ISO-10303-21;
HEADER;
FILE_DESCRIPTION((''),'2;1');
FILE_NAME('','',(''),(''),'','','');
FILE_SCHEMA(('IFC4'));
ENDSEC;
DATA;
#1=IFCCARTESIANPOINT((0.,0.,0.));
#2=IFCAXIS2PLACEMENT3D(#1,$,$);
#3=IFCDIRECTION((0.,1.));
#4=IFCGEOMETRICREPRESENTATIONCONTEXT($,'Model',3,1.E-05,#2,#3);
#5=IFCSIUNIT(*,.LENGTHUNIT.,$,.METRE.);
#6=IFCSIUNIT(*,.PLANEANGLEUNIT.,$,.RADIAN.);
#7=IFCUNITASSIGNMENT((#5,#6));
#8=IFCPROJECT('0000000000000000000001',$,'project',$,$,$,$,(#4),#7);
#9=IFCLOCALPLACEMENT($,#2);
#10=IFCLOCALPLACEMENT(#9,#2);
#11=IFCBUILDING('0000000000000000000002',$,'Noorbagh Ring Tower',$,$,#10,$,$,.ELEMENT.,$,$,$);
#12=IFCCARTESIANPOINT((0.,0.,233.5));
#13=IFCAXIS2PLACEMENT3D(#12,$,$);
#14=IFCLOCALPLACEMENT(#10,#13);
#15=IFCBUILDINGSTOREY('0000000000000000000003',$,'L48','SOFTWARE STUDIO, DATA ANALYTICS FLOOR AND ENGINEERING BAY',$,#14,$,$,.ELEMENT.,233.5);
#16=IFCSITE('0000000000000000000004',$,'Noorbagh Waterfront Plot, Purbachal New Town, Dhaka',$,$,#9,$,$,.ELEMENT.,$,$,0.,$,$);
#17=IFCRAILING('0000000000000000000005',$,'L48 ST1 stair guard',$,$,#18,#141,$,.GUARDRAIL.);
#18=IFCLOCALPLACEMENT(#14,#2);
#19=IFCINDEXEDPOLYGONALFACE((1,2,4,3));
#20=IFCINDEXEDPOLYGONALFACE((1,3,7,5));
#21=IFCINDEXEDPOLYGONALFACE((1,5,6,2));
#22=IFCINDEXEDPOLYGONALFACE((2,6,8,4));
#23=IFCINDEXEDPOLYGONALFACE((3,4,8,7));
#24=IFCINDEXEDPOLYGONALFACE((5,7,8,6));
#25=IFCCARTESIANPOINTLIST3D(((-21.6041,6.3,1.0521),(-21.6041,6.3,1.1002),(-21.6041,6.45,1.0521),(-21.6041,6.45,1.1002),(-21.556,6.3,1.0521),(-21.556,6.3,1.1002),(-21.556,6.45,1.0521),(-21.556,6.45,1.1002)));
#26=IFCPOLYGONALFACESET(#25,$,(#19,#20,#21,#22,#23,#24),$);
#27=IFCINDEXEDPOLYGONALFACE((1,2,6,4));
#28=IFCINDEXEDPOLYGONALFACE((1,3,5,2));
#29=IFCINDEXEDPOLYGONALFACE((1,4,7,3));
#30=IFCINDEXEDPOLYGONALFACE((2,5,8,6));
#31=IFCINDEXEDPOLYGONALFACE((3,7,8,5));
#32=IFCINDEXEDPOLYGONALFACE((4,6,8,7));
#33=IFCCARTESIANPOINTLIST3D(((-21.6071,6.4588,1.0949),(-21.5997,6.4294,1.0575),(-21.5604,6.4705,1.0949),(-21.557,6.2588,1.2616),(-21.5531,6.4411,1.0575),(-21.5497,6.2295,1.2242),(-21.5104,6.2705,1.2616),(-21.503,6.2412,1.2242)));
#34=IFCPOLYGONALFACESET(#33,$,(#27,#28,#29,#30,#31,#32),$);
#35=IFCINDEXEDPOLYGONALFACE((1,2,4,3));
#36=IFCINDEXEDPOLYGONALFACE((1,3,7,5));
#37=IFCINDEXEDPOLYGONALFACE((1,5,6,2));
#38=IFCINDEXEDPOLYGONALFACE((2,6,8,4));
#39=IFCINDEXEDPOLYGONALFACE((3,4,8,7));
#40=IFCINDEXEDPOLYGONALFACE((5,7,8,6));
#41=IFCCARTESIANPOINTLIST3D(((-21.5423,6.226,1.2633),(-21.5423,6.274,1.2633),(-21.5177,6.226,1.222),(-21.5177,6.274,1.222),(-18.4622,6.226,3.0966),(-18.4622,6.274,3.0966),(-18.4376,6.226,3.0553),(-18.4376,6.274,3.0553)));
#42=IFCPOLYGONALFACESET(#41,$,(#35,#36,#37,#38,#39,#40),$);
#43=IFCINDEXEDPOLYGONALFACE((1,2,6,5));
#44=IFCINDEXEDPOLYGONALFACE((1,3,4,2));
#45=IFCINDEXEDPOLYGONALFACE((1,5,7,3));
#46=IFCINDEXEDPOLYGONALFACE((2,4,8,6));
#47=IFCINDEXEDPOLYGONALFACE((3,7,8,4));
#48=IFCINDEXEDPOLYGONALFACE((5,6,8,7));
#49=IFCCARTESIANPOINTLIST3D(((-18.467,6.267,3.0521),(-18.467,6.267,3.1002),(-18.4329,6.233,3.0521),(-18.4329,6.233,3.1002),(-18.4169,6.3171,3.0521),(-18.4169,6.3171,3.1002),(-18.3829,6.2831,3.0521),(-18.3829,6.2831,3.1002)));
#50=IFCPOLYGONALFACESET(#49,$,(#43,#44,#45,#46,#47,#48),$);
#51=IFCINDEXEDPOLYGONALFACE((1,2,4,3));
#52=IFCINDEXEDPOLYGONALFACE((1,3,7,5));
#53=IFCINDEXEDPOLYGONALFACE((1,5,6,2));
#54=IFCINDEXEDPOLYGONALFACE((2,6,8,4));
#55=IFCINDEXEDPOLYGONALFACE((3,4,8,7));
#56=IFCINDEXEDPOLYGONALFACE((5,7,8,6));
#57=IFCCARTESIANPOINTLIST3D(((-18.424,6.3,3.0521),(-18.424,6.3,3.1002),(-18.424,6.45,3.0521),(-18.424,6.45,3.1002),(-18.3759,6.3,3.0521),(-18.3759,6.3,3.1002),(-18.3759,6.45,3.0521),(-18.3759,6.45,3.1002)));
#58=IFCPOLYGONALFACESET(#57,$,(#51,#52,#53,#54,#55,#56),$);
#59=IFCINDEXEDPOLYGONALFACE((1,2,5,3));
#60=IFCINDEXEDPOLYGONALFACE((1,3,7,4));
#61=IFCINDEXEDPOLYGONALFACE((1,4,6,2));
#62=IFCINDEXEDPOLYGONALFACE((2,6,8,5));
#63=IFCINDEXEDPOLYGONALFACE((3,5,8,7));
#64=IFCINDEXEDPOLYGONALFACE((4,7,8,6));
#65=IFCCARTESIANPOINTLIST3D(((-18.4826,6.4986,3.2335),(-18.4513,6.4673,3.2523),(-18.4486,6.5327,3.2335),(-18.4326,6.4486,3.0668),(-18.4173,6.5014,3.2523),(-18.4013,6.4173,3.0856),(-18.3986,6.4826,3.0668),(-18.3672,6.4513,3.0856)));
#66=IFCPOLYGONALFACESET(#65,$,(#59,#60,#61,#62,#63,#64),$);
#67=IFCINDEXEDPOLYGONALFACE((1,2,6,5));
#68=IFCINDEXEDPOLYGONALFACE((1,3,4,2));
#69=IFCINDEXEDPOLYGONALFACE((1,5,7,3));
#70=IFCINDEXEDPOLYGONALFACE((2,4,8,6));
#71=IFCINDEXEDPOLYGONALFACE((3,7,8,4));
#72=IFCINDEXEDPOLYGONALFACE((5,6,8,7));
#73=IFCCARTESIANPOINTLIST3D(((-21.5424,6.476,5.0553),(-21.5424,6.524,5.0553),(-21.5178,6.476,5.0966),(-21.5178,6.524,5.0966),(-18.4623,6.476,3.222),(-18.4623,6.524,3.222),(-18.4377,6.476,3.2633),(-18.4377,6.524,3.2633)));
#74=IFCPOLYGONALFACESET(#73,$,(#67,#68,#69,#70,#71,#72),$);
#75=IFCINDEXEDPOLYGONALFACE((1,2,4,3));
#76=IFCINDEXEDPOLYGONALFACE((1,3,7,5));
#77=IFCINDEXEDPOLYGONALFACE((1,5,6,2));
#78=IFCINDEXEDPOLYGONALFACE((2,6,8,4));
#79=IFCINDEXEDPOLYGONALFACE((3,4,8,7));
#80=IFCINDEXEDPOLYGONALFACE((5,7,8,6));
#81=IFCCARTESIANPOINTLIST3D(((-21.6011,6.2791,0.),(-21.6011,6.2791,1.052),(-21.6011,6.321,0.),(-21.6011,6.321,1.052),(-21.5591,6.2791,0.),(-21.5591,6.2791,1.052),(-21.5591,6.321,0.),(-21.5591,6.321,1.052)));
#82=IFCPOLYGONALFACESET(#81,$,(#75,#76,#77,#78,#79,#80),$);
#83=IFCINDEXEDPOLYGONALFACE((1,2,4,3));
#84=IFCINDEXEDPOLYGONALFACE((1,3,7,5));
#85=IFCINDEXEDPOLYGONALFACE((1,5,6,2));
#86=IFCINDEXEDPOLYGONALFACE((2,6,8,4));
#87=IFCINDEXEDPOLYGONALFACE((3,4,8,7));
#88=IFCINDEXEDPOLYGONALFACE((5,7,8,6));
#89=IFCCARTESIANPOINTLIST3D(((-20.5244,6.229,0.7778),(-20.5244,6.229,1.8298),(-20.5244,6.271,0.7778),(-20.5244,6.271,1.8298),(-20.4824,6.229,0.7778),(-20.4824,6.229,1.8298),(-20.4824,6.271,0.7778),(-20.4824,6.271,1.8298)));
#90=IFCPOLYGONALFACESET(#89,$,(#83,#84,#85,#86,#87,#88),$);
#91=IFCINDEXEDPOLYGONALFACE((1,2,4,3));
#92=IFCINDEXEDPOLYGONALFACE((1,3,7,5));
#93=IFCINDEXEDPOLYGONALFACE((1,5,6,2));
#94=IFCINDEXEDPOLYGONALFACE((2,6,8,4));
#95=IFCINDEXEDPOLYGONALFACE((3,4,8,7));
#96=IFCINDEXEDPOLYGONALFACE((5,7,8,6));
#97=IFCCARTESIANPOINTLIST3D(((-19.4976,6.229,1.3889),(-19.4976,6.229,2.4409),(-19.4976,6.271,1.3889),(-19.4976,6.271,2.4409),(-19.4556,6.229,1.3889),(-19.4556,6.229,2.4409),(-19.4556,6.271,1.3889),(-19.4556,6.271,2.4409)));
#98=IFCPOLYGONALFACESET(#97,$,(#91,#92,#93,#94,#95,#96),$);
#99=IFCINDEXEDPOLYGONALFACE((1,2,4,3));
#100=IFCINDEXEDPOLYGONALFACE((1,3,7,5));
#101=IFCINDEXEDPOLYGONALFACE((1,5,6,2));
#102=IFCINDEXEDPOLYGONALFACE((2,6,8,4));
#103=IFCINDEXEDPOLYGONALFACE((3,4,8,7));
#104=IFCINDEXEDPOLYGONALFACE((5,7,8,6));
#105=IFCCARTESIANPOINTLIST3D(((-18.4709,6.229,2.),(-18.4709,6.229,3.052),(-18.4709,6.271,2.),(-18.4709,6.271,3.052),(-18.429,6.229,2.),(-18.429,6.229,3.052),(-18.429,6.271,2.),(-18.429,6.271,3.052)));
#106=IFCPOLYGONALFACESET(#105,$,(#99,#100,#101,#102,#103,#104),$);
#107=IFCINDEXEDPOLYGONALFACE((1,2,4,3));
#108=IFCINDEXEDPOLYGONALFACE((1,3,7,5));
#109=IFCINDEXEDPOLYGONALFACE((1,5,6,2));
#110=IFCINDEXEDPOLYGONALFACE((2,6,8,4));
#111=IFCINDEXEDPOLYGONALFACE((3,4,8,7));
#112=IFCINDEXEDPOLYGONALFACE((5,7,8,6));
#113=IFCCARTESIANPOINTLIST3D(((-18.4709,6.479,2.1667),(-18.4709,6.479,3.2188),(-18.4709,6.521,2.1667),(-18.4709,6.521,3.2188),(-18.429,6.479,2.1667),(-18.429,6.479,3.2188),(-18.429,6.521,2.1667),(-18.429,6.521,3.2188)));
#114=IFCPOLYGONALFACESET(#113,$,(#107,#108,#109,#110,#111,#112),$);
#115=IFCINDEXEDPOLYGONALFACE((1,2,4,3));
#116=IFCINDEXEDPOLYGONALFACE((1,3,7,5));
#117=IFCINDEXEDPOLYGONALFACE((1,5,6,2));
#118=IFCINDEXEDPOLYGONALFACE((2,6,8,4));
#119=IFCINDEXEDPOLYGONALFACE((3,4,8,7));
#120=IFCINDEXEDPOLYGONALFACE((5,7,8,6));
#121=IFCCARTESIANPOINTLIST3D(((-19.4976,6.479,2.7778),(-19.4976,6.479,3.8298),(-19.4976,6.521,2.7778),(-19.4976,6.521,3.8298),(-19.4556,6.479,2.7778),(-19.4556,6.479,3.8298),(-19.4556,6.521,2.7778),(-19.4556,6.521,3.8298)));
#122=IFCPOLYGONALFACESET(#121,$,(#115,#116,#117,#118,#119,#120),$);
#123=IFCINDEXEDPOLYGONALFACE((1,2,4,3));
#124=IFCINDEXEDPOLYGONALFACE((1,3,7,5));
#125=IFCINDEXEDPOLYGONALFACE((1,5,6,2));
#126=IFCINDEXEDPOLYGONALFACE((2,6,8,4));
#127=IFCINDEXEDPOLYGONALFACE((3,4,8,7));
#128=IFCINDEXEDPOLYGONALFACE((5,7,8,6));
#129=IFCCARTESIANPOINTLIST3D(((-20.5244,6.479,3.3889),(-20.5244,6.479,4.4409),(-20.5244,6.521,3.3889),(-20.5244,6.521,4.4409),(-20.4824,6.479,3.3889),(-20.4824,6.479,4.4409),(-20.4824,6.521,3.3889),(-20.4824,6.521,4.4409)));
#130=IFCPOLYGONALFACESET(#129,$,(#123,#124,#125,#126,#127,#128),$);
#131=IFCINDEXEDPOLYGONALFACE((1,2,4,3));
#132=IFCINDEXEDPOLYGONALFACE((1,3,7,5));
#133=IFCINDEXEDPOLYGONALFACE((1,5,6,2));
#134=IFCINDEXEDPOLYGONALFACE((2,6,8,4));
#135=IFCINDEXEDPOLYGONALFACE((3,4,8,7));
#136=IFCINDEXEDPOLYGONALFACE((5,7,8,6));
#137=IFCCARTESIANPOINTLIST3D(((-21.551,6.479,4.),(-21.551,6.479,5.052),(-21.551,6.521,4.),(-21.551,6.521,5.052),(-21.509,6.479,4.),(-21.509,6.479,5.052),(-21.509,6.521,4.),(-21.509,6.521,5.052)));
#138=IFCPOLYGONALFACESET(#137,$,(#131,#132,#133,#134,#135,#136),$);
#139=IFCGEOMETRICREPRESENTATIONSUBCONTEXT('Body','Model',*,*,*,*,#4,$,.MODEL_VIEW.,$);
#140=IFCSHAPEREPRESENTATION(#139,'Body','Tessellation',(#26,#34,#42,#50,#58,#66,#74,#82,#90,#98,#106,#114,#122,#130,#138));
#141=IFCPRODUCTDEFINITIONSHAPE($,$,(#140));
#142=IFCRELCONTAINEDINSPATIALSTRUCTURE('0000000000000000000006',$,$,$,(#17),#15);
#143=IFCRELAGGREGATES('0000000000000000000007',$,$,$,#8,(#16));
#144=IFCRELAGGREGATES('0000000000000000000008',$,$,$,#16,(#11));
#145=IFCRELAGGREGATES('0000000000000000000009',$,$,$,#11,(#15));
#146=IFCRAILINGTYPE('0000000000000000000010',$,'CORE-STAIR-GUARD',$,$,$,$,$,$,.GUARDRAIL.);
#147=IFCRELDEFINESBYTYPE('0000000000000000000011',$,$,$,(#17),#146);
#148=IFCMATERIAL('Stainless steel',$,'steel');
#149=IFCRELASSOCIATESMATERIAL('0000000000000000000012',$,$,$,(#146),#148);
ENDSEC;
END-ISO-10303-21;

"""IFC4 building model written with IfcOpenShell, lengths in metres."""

from ifc_helpers import new_model, si_unit, direction, frame, origin, origin_2d, place, context, subcontext, project, spatial, rectangle, extrude, material, type_object, element, save


model = new_model("IFC4")

# Units and contexts
model_context = context("Model", 3, precision=1e-05, world=origin(), true_north=direction((0.0, 1.0)))
body_context = subcontext(model_context, "Body", "Model", "MODEL_VIEW")
ifc_project = project(units=[si_unit("LENGTHUNIT", "METRE"), si_unit("PLANEANGLEUNIT", "RADIAN")], contexts=[model_context])

# Site, building, storey
site_placement = place(None, origin())
site = spatial("IfcSite", under=ifc_project, at=site_placement, Name="Noorbagh Waterfront Plot, Purbachal New Town, Dhaka", CompositionType="ELEMENT", RefElevation=0.0)
building_placement = place(site_placement, origin())
building = spatial("IfcBuilding", under=site, at=building_placement, Name="Noorbagh Ring Tower", CompositionType="ELEMENT")
storey_placement = place(building_placement, frame((0.0, 0.0, 233.5)))
storey = spatial("IfcBuildingStorey", under=building, at=storey_placement, Name="L48", Description="SOFTWARE STUDIO, DATA ANALYTICS FLOOR AND ENGINEERING BAY", CompositionType="ELEMENT", Elevation=233.5)

# Railing
ifc_material_1 = material(Name="Stainless steel", Category="steel")
railing_type_1 = type_object("IfcRailingType", Name="CORE-STAIR-GUARD", PredefinedType="GUARDRAIL", material=ifc_material_1)
railing_1_placement = place(storey_placement, frame((-21.5801, 6.3, 0.0)))
element("IfcRailing", 1, at=railing_1_placement, inside=storey, type_object=railing_type_1, Name="L48 ST1 stair guard", PredefinedType="GUARDRAIL", context=body_context, shape_type="SweptSolid", body=[
    extrude(rectangle(XDim=0.0481, YDim=0.0481, at=origin_2d()), frame((0.0, 0.0, 1.0762), z_axis=(0.0, 1.0, 0.0), x_axis=(-1.0, 0.0, 0.0)), (0.0, 0.0, 1.0), 0.1499),
    extrude(rectangle(XDim=0.0481, YDim=0.0481, at=origin_2d()), frame((0.0, 0.1499, 1.0762), z_axis=(0.188776, -0.754182, 0.628946), x_axis=(0.970073, 0.242814, 0.0)), (0.0, 0.0, 1.0), 0.2651),
    extrude(rectangle(XDim=0.0481, YDim=0.0481, at=origin_2d()), frame((0.05, -0.05, 1.2427), z_axis=(0.859309, 0.0, 0.511458), x_axis=(0.0, 1.0, 0.0)), (0.0, 0.0, 1.0), 3.5845),
    extrude(rectangle(XDim=0.0481, YDim=0.0481, at=origin_2d()), frame((3.1301, -0.05, 3.0762), z_axis=(0.707107, 0.707107, 0.0), x_axis=(-0.707107, 0.707107, 0.0)), (0.0, 0.0, 1.0), 0.0708),
    extrude(rectangle(XDim=0.0481, YDim=0.0481, at=origin_2d()), frame((3.1802, 0.0, 3.0762), z_axis=(0.0, 1.0, 0.0), x_axis=(-1.0, 0.0, 0.0)), (0.0, 0.0, 1.0), 0.1499),
    extrude(rectangle(XDim=0.0481, YDim=0.0481, at=origin_2d()), frame((3.1802, 0.1499, 3.0762), z_axis=(-0.276287, 0.276287, 0.920506), x_axis=(-0.707107, -0.707107, 0.0)), (0.0, 0.0, 1.0), 0.1812),
    extrude(rectangle(XDim=0.0481, YDim=0.0481, at=origin_2d()), frame((3.1301, 0.2, 3.2427), z_axis=(-0.859309, 0.0, 0.511458), x_axis=(0.0, -1.0, 0.0)), (0.0, 0.0, 1.0), 3.5845),
    extrude(rectangle(XDim=0.042, YDim=0.042, at=origin_2d()), origin(), (0.0, 0.0, 1.0), 1.052),
    extrude(rectangle(XDim=0.042, YDim=0.042, at=origin_2d()), frame((1.0767, -0.05, 0.7778)), (0.0, 0.0, 1.0), 1.052),
    extrude(rectangle(XDim=0.042, YDim=0.042, at=origin_2d()), frame((2.1035, -0.05, 1.3889)), (0.0, 0.0, 1.0), 1.052),
    extrude(rectangle(XDim=0.042, YDim=0.042, at=origin_2d()), frame((3.1301, -0.05, 2.0)), (0.0, 0.0, 1.0), 1.052),
    extrude(rectangle(XDim=0.042, YDim=0.042, at=origin_2d()), frame((3.1301, 0.2, 2.1667)), (0.0, 0.0, 1.0), 1.052),
    extrude(rectangle(XDim=0.042, YDim=0.042, at=origin_2d()), frame((2.1035, 0.2, 2.7778)), (0.0, 0.0, 1.0), 1.052),
    extrude(rectangle(XDim=0.042, YDim=0.042, at=origin_2d()), frame((1.0767, 0.2, 3.3889)), (0.0, 0.0, 1.0), 1.052),
    extrude(rectangle(XDim=0.042, YDim=0.042, at=origin_2d()), frame((0.05, 0.2, 4.0)), (0.0, 0.0, 1.0), 1.052),
])

save(model, "model.ifc")
